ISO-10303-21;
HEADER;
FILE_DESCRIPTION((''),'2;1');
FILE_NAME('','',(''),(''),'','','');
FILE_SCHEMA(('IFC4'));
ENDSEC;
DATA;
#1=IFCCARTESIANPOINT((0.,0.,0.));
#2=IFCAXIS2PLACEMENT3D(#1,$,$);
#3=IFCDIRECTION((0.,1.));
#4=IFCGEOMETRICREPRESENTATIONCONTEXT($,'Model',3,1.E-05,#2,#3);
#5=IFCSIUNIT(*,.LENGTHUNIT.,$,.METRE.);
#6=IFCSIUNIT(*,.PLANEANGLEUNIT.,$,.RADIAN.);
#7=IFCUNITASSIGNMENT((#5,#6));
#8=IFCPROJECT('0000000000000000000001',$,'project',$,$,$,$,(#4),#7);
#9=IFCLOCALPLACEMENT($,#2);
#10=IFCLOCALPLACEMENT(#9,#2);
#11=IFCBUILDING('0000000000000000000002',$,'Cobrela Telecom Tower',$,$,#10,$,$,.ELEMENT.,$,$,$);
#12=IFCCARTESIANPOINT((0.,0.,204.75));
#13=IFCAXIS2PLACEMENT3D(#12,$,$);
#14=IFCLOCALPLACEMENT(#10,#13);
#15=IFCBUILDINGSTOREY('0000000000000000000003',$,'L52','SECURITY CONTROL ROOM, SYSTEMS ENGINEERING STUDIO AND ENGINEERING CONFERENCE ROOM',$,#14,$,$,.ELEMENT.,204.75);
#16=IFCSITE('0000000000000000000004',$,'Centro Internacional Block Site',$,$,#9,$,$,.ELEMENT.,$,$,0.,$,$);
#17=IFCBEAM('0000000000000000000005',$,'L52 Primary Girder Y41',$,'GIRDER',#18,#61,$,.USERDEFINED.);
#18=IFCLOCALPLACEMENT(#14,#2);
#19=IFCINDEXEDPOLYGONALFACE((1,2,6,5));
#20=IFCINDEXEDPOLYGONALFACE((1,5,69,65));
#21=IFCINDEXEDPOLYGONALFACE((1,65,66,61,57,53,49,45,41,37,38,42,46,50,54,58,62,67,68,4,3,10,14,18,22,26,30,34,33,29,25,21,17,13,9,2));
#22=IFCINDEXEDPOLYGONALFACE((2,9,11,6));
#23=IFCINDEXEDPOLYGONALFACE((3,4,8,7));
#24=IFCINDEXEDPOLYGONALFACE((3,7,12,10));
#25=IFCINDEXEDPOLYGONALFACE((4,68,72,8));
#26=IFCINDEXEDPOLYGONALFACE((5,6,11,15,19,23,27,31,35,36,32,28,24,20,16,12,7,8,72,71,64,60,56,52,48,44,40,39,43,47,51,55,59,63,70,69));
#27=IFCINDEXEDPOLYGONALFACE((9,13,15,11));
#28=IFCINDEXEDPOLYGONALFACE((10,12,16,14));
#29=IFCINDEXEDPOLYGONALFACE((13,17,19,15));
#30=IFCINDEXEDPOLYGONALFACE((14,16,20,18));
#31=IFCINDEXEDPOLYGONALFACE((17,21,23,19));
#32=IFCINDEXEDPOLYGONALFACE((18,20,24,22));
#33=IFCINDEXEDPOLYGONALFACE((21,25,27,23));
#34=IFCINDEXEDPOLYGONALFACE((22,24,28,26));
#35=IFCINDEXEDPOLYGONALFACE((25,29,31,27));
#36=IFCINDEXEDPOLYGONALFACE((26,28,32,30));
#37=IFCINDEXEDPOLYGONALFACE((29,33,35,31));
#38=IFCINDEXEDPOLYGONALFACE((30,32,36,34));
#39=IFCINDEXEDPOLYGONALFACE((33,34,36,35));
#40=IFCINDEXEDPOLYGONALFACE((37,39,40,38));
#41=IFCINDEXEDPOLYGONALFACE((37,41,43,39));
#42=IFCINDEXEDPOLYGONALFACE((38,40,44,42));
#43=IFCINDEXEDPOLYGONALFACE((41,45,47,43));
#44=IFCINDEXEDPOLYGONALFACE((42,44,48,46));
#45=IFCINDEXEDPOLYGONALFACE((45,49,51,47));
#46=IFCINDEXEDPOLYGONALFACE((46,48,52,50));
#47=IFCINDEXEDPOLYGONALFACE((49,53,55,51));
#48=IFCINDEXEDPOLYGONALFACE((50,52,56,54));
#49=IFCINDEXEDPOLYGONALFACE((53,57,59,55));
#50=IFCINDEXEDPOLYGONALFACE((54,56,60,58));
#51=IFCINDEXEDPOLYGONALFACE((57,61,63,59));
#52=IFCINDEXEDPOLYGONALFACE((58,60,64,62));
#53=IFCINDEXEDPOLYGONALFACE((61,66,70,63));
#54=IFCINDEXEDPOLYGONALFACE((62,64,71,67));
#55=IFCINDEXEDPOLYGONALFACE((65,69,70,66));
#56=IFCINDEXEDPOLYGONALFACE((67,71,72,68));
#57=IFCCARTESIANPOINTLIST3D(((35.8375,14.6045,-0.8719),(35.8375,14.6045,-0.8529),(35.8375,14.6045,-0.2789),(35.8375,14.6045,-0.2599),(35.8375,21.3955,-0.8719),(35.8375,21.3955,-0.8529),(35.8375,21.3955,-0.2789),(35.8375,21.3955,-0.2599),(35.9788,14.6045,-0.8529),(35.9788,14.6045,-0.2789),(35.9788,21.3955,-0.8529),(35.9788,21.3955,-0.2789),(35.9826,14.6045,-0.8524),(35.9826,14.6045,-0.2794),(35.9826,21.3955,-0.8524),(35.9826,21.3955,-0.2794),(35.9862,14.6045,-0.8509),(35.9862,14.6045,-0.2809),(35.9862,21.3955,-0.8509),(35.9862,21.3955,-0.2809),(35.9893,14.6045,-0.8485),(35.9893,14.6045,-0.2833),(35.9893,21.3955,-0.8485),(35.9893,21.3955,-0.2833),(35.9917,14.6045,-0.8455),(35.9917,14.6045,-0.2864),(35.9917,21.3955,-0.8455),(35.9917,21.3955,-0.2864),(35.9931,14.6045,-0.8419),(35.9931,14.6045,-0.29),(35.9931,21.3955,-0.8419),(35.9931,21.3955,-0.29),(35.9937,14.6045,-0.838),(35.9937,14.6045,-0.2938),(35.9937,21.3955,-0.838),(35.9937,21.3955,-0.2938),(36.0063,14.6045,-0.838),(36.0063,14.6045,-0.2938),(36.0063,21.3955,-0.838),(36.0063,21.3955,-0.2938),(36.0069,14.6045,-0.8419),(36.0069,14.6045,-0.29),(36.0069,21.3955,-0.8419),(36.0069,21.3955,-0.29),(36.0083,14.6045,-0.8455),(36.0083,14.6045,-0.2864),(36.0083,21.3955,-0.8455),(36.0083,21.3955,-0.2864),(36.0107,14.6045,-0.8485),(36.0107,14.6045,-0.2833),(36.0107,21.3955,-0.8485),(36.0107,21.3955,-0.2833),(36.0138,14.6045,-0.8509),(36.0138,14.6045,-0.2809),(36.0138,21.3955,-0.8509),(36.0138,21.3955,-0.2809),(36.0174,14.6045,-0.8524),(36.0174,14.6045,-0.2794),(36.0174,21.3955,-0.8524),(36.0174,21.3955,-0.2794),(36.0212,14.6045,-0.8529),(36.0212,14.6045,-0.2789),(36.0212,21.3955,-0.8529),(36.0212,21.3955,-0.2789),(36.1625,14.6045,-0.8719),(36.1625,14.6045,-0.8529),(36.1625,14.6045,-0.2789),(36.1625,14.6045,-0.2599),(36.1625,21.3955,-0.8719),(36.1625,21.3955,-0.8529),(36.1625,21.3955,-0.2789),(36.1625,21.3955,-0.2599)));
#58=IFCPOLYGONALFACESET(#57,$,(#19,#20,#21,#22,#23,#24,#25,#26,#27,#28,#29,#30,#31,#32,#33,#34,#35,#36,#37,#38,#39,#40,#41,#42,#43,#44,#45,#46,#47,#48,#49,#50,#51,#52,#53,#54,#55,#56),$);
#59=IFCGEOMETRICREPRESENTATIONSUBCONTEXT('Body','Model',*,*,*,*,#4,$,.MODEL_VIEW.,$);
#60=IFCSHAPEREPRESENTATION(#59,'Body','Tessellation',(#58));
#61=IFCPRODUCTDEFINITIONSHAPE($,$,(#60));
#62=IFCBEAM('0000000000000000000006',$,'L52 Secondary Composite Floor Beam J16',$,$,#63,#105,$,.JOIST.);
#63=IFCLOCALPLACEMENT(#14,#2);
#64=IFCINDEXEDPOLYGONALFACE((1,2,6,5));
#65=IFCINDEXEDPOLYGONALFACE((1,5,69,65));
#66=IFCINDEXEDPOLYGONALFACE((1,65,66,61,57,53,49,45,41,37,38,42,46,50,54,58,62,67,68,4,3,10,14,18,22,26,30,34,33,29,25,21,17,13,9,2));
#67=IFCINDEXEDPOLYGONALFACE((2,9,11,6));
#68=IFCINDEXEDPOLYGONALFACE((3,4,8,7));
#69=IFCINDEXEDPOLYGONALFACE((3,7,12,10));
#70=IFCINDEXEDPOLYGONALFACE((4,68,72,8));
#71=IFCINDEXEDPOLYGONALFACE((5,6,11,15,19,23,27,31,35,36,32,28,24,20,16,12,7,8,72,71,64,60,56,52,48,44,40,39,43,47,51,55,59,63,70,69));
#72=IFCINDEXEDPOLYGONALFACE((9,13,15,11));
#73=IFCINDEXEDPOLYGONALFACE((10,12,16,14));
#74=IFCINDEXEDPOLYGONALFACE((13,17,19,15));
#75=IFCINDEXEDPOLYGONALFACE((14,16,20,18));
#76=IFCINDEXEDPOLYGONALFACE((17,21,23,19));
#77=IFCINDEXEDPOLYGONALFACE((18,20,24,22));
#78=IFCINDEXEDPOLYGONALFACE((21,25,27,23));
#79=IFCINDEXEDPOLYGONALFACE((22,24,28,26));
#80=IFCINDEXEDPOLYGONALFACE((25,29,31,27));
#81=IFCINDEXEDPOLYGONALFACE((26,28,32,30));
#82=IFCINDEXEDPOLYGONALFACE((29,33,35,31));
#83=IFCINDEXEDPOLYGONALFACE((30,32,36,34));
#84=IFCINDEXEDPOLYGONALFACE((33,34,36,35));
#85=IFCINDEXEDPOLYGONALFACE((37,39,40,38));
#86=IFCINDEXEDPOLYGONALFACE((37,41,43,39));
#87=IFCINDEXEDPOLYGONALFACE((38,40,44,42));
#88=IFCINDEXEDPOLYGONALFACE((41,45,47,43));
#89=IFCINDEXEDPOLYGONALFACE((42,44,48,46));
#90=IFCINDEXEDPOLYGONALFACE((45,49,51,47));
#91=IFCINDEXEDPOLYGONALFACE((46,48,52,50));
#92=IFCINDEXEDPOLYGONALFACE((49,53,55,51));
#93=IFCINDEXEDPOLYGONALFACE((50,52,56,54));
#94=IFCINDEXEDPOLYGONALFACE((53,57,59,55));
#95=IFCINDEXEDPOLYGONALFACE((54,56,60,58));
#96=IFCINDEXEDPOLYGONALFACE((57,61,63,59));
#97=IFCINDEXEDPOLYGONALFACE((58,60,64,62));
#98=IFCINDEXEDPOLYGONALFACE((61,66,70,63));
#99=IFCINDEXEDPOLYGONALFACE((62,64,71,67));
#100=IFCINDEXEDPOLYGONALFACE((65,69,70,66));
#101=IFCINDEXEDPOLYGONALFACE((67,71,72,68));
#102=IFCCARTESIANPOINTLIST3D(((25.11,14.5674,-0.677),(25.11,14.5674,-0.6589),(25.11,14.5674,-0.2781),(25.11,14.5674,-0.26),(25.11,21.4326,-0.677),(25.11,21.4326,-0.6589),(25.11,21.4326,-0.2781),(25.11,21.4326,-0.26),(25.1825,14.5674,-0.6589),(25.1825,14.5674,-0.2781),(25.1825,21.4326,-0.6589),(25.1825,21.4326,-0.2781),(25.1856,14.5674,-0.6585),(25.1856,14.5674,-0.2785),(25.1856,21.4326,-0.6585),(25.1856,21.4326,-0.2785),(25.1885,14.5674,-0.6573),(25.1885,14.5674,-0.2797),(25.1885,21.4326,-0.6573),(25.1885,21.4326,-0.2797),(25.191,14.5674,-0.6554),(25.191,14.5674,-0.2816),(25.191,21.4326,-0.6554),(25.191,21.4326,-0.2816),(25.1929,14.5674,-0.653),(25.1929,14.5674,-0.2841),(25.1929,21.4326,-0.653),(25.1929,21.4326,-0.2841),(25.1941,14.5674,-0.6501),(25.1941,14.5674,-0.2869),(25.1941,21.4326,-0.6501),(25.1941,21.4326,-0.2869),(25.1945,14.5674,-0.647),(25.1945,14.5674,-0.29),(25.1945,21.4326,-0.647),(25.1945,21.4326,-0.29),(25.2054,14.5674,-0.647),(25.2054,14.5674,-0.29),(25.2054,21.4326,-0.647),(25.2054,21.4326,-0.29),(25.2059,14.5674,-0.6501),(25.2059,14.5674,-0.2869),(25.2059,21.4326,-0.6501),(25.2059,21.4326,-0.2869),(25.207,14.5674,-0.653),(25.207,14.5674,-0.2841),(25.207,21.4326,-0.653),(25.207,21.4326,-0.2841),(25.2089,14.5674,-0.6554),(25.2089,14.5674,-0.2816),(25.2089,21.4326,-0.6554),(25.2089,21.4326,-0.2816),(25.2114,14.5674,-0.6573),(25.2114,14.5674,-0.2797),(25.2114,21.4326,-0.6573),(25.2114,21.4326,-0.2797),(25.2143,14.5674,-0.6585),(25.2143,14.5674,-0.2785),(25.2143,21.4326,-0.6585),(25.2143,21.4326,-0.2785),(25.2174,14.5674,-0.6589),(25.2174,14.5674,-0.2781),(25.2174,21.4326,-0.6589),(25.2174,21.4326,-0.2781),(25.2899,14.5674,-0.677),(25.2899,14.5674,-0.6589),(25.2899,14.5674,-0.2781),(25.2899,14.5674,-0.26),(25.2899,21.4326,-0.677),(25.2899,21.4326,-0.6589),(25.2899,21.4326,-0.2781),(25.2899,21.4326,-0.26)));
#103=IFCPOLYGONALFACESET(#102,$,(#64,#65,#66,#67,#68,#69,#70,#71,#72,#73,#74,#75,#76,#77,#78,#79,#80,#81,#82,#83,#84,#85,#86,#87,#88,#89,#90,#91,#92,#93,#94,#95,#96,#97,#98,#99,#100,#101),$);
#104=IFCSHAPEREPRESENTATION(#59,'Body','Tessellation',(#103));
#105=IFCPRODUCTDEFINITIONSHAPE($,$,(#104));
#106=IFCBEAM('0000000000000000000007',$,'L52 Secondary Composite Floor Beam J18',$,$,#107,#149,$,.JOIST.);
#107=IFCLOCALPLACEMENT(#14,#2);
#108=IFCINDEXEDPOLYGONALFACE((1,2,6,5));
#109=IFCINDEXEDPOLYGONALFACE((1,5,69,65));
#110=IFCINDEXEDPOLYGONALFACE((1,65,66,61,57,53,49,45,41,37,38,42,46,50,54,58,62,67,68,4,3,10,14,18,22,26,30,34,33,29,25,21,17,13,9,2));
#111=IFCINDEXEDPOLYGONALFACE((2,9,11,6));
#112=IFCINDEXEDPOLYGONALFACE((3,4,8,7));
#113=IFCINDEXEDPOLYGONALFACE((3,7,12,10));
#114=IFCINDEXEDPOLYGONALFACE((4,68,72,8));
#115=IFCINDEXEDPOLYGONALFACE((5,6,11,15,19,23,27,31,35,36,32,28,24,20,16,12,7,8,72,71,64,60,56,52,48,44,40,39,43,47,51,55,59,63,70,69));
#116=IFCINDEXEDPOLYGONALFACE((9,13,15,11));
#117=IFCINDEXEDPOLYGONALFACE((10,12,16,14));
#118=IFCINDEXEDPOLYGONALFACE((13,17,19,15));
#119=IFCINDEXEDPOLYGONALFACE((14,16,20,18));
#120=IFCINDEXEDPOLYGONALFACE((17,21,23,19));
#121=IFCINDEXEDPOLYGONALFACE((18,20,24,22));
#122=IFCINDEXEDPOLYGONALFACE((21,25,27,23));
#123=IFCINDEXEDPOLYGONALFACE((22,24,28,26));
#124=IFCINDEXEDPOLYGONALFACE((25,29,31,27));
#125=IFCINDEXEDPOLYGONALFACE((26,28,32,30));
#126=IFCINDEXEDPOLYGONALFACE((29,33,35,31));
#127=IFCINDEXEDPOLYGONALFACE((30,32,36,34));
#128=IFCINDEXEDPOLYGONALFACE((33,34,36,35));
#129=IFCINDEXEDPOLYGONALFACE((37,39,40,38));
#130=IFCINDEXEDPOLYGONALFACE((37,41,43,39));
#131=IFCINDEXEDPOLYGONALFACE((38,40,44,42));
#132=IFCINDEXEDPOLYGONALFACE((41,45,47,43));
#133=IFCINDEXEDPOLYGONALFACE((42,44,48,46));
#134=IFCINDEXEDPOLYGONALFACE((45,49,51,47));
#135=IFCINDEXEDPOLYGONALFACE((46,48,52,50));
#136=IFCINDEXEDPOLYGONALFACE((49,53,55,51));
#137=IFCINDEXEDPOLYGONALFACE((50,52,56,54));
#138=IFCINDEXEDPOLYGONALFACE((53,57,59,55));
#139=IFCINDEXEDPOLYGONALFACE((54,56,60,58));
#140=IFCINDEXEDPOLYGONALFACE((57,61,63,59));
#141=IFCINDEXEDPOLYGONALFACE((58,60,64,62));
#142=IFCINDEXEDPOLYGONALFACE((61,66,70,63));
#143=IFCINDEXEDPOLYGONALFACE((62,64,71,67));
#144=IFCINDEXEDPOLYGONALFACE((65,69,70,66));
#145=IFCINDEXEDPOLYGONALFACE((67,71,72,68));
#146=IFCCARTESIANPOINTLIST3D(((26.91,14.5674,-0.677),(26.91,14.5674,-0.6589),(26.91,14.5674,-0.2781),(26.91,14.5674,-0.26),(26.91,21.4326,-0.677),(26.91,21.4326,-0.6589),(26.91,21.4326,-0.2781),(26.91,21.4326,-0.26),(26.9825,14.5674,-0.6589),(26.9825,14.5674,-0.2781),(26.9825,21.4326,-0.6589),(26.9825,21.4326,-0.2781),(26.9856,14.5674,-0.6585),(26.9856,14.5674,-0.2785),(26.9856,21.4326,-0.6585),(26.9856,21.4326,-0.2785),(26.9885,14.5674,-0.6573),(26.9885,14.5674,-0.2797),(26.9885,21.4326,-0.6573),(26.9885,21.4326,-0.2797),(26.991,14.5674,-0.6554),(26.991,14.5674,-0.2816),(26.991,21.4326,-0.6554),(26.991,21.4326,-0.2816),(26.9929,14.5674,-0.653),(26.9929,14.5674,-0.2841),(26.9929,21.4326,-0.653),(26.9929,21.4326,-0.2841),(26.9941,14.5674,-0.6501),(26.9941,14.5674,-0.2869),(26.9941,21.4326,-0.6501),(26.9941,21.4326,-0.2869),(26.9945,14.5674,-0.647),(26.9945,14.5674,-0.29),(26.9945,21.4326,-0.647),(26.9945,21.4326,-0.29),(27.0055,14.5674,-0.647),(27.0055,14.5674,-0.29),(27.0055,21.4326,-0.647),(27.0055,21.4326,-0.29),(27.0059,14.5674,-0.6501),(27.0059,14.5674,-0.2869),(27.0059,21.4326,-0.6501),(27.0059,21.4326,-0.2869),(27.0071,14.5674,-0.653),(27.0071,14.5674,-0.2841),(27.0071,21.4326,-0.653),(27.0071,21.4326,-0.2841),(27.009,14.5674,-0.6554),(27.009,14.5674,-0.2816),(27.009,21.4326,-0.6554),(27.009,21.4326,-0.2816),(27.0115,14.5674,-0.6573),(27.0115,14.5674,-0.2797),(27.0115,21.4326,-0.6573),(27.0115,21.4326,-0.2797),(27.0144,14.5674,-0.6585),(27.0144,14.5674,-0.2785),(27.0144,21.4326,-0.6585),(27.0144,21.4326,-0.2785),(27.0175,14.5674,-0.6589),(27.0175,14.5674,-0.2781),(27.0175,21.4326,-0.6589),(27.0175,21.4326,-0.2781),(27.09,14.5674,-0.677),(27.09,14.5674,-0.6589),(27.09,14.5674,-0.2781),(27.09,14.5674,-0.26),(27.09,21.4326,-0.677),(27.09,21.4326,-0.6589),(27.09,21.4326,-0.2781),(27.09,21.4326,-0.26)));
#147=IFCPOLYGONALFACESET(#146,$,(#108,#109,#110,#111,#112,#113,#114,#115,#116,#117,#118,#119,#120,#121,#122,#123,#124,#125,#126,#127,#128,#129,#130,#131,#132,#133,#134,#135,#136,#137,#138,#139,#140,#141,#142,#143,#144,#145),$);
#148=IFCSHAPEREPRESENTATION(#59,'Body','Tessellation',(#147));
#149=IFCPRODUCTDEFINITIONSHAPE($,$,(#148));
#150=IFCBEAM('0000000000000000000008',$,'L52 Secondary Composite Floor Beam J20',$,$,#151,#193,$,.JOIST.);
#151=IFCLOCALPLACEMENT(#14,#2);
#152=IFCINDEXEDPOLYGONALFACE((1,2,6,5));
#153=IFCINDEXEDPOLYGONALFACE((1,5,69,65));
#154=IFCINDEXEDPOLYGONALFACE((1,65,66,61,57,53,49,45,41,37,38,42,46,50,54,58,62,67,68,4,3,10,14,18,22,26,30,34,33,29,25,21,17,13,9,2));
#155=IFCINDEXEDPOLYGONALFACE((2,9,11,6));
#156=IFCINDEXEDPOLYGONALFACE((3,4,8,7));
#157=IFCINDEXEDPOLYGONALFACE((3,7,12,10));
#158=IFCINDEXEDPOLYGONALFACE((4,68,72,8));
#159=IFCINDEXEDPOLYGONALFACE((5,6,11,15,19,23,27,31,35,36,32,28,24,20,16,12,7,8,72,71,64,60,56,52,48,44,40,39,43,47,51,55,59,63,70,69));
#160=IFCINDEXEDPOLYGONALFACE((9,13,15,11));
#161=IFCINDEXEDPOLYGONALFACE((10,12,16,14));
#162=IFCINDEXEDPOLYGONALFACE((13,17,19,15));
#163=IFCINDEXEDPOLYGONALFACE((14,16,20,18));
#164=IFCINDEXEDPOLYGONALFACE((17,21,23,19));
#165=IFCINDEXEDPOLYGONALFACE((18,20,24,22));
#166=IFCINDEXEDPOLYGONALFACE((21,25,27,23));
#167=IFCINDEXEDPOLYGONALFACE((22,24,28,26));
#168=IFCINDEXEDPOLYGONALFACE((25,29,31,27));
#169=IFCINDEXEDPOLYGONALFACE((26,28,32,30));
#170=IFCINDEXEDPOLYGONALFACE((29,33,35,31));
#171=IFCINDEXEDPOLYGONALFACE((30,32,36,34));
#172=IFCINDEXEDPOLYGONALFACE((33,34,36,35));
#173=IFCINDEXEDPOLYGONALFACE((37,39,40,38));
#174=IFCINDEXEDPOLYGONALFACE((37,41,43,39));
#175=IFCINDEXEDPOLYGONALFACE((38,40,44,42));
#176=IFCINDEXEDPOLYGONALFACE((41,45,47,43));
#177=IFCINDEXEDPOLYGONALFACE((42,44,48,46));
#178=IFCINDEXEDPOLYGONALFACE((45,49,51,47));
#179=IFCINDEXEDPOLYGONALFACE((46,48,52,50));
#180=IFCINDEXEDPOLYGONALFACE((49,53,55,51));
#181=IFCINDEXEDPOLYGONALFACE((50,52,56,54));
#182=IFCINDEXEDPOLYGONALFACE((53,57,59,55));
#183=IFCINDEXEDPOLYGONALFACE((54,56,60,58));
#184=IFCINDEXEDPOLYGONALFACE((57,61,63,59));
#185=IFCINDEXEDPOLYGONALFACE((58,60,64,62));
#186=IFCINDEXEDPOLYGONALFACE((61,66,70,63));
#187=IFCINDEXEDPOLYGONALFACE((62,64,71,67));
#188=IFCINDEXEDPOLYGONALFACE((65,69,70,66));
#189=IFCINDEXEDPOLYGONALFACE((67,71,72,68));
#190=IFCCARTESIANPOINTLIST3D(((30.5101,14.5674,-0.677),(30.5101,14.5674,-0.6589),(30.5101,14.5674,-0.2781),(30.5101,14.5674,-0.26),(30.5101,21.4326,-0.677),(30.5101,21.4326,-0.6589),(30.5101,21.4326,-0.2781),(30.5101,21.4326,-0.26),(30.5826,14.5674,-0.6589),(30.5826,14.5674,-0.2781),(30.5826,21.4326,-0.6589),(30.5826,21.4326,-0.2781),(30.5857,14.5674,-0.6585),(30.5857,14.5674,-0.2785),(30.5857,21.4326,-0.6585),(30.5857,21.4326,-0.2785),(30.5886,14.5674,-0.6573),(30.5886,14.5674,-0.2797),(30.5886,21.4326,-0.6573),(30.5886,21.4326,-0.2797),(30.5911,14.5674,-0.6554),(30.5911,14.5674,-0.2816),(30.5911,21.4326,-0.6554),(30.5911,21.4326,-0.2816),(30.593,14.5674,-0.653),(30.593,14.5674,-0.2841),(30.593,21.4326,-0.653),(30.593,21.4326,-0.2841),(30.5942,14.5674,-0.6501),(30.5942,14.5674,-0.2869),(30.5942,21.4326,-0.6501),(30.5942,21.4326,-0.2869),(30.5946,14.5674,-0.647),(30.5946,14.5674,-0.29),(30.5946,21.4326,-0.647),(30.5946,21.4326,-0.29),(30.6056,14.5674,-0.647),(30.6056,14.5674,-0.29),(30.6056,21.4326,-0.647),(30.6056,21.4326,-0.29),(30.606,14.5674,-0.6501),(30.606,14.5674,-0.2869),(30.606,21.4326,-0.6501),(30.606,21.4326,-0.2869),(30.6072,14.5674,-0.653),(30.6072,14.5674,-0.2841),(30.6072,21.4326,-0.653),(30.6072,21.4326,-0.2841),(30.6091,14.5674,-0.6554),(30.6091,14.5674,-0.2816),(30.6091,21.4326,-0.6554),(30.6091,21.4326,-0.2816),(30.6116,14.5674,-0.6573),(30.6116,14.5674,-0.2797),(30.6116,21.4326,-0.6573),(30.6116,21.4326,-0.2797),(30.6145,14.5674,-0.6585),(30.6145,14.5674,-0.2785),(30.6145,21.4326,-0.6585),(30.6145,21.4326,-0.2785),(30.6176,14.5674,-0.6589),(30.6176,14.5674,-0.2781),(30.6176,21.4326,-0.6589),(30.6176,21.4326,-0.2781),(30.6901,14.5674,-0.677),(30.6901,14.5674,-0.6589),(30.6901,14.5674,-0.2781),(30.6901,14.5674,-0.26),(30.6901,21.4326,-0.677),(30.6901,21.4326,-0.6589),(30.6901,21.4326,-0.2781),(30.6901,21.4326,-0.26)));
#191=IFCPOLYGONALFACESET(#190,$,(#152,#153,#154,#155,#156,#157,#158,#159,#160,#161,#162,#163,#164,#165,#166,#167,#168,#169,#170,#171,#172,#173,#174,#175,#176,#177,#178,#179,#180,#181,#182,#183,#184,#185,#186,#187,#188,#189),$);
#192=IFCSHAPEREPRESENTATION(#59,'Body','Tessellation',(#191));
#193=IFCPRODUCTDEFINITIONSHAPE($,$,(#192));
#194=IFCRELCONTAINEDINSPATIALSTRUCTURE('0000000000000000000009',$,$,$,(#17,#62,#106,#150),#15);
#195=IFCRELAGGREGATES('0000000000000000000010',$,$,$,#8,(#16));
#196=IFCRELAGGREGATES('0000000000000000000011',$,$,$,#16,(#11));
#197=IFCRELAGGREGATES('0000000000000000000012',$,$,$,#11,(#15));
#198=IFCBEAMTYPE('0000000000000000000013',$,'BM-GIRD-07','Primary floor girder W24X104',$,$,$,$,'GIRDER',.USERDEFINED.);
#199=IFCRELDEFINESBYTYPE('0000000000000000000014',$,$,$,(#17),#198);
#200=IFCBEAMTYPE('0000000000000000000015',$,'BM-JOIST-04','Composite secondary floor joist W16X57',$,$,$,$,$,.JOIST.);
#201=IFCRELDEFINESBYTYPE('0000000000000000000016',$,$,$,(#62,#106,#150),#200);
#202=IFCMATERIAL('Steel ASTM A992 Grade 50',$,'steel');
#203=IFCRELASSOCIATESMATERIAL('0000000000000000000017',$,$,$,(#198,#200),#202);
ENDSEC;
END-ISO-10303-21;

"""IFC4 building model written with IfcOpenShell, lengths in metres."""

from ifc_helpers import new_model, si_unit, direction, frame, origin, origin_2d, place, context, subcontext, project, spatial, i_section, extrude, material, material_profile, profile_set, type_object, element, save


model = new_model("IFC4")

# Units and contexts
model_context = context("Model", 3, precision=1e-05, world=origin(), true_north=direction((0.0, 1.0)))
body_context = subcontext(model_context, "Body", "Model", "MODEL_VIEW")
ifc_project = project(units=[si_unit("LENGTHUNIT", "METRE"), si_unit("PLANEANGLEUNIT", "RADIAN")], contexts=[model_context])

# Site, building, storey
site_placement = place(None, origin())
site = spatial("IfcSite", under=ifc_project, at=site_placement, Name="Centro Internacional Block Site", CompositionType="ELEMENT", RefElevation=0.0)
building_placement = place(site_placement, origin())
building = spatial("IfcBuilding", under=site, at=building_placement, Name="Cobrela Telecom Tower", CompositionType="ELEMENT")
storey_placement = place(building_placement, frame((0.0, 0.0, 204.75)))
storey = spatial("IfcBuildingStorey", under=building, at=storey_placement, Name="L52", Description="SECURITY CONTROL ROOM, SYSTEMS ENGINEERING STUDIO AND ENGINEERING CONFERENCE ROOM", CompositionType="ELEMENT", Elevation=204.75)

# Shared definitions
ifc_material_1 = material(Name="Steel ASTM A992 Grade 50", Category="steel")

# Beams
ifc_material_profile_1 = material_profile(ifc_material_1, i_section(OverallWidth=0.325, OverallDepth=0.6121, WebThickness=0.0127, FlangeThickness=0.019, FilletRadius=0.0149, at=origin_2d()), Name="W24X104")
ifc_profile_set_1 = profile_set([ifc_material_profile_1], Name="Steel ASTM A992 Grade 50")
beam_type_1 = type_object("IfcBeamType", Name="BM-GIRD-07", Description="Primary floor girder W24X104", ElementType="GIRDER", PredefinedType="USERDEFINED", material=ifc_profile_set_1)
for number, where, z_axis, x_axis, name in (
    (1, (36.0, 14.6045, -0.5659), (0.0, 1.0, 0.0), (-1.0, 0.0, 0.0), "L52 Primary Girder Y41"),
):
    element("IfcBeam", number, at=place(storey_placement, frame(where, z_axis=z_axis, x_axis=x_axis)), inside=storey, type_object=beam_type_1, Name=name, ObjectType="GIRDER", PredefinedType="USERDEFINED", context=body_context, shape_type="SweptSolid", body=[
        extrude(i_section(OverallWidth=0.325, OverallDepth=0.6121, WebThickness=0.0127, FlangeThickness=0.019, FilletRadius=0.0149, at=origin_2d()), origin(), (0.0, 0.0, 1.0), 6.791),
    ])
ifc_material_profile_2 = material_profile(ifc_material_1, i_section(OverallWidth=0.1799, OverallDepth=0.417, WebThickness=0.011, FlangeThickness=0.0181, FilletRadius=0.012, at=origin_2d()), Name="W16X57")
ifc_profile_set_2 = profile_set([ifc_material_profile_2], Name="Steel ASTM A992 Grade 50")
beam_type_2 = type_object("IfcBeamType", Name="BM-JOIST-04", Description="Composite secondary floor joist W16X57", PredefinedType="JOIST", material=ifc_profile_set_2)
for number, where, z_axis, x_axis, name in (
    (2, (25.2, 14.5674, -0.4685), (0.0, 1.0, 0.0), (-1.0, 0.0, 0.0), "L52 Secondary Composite Floor Beam J16"),
    (3, (27.0, 14.5674, -0.4685), (0.0, 1.0, 0.0), (-1.0, 0.0, 0.0), "L52 Secondary Composite Floor Beam J18"),
    (4, (30.6001, 14.5674, -0.4685), (0.0, 1.0, 0.0), (-1.0, 0.0, 0.0), "L52 Secondary Composite Floor Beam J20"),
):
    element("IfcBeam", number, at=place(storey_placement, frame(where, z_axis=z_axis, x_axis=x_axis)), inside=storey, type_object=beam_type_2, Name=name, PredefinedType="JOIST", context=body_context, shape_type="SweptSolid", body=[
        extrude(i_section(OverallWidth=0.1799, OverallDepth=0.417, WebThickness=0.011, FlangeThickness=0.0181, FilletRadius=0.012, at=origin_2d()), origin(), (0.0, 0.0, 1.0), 6.8652),
    ])

save(model, "model.ifc")
